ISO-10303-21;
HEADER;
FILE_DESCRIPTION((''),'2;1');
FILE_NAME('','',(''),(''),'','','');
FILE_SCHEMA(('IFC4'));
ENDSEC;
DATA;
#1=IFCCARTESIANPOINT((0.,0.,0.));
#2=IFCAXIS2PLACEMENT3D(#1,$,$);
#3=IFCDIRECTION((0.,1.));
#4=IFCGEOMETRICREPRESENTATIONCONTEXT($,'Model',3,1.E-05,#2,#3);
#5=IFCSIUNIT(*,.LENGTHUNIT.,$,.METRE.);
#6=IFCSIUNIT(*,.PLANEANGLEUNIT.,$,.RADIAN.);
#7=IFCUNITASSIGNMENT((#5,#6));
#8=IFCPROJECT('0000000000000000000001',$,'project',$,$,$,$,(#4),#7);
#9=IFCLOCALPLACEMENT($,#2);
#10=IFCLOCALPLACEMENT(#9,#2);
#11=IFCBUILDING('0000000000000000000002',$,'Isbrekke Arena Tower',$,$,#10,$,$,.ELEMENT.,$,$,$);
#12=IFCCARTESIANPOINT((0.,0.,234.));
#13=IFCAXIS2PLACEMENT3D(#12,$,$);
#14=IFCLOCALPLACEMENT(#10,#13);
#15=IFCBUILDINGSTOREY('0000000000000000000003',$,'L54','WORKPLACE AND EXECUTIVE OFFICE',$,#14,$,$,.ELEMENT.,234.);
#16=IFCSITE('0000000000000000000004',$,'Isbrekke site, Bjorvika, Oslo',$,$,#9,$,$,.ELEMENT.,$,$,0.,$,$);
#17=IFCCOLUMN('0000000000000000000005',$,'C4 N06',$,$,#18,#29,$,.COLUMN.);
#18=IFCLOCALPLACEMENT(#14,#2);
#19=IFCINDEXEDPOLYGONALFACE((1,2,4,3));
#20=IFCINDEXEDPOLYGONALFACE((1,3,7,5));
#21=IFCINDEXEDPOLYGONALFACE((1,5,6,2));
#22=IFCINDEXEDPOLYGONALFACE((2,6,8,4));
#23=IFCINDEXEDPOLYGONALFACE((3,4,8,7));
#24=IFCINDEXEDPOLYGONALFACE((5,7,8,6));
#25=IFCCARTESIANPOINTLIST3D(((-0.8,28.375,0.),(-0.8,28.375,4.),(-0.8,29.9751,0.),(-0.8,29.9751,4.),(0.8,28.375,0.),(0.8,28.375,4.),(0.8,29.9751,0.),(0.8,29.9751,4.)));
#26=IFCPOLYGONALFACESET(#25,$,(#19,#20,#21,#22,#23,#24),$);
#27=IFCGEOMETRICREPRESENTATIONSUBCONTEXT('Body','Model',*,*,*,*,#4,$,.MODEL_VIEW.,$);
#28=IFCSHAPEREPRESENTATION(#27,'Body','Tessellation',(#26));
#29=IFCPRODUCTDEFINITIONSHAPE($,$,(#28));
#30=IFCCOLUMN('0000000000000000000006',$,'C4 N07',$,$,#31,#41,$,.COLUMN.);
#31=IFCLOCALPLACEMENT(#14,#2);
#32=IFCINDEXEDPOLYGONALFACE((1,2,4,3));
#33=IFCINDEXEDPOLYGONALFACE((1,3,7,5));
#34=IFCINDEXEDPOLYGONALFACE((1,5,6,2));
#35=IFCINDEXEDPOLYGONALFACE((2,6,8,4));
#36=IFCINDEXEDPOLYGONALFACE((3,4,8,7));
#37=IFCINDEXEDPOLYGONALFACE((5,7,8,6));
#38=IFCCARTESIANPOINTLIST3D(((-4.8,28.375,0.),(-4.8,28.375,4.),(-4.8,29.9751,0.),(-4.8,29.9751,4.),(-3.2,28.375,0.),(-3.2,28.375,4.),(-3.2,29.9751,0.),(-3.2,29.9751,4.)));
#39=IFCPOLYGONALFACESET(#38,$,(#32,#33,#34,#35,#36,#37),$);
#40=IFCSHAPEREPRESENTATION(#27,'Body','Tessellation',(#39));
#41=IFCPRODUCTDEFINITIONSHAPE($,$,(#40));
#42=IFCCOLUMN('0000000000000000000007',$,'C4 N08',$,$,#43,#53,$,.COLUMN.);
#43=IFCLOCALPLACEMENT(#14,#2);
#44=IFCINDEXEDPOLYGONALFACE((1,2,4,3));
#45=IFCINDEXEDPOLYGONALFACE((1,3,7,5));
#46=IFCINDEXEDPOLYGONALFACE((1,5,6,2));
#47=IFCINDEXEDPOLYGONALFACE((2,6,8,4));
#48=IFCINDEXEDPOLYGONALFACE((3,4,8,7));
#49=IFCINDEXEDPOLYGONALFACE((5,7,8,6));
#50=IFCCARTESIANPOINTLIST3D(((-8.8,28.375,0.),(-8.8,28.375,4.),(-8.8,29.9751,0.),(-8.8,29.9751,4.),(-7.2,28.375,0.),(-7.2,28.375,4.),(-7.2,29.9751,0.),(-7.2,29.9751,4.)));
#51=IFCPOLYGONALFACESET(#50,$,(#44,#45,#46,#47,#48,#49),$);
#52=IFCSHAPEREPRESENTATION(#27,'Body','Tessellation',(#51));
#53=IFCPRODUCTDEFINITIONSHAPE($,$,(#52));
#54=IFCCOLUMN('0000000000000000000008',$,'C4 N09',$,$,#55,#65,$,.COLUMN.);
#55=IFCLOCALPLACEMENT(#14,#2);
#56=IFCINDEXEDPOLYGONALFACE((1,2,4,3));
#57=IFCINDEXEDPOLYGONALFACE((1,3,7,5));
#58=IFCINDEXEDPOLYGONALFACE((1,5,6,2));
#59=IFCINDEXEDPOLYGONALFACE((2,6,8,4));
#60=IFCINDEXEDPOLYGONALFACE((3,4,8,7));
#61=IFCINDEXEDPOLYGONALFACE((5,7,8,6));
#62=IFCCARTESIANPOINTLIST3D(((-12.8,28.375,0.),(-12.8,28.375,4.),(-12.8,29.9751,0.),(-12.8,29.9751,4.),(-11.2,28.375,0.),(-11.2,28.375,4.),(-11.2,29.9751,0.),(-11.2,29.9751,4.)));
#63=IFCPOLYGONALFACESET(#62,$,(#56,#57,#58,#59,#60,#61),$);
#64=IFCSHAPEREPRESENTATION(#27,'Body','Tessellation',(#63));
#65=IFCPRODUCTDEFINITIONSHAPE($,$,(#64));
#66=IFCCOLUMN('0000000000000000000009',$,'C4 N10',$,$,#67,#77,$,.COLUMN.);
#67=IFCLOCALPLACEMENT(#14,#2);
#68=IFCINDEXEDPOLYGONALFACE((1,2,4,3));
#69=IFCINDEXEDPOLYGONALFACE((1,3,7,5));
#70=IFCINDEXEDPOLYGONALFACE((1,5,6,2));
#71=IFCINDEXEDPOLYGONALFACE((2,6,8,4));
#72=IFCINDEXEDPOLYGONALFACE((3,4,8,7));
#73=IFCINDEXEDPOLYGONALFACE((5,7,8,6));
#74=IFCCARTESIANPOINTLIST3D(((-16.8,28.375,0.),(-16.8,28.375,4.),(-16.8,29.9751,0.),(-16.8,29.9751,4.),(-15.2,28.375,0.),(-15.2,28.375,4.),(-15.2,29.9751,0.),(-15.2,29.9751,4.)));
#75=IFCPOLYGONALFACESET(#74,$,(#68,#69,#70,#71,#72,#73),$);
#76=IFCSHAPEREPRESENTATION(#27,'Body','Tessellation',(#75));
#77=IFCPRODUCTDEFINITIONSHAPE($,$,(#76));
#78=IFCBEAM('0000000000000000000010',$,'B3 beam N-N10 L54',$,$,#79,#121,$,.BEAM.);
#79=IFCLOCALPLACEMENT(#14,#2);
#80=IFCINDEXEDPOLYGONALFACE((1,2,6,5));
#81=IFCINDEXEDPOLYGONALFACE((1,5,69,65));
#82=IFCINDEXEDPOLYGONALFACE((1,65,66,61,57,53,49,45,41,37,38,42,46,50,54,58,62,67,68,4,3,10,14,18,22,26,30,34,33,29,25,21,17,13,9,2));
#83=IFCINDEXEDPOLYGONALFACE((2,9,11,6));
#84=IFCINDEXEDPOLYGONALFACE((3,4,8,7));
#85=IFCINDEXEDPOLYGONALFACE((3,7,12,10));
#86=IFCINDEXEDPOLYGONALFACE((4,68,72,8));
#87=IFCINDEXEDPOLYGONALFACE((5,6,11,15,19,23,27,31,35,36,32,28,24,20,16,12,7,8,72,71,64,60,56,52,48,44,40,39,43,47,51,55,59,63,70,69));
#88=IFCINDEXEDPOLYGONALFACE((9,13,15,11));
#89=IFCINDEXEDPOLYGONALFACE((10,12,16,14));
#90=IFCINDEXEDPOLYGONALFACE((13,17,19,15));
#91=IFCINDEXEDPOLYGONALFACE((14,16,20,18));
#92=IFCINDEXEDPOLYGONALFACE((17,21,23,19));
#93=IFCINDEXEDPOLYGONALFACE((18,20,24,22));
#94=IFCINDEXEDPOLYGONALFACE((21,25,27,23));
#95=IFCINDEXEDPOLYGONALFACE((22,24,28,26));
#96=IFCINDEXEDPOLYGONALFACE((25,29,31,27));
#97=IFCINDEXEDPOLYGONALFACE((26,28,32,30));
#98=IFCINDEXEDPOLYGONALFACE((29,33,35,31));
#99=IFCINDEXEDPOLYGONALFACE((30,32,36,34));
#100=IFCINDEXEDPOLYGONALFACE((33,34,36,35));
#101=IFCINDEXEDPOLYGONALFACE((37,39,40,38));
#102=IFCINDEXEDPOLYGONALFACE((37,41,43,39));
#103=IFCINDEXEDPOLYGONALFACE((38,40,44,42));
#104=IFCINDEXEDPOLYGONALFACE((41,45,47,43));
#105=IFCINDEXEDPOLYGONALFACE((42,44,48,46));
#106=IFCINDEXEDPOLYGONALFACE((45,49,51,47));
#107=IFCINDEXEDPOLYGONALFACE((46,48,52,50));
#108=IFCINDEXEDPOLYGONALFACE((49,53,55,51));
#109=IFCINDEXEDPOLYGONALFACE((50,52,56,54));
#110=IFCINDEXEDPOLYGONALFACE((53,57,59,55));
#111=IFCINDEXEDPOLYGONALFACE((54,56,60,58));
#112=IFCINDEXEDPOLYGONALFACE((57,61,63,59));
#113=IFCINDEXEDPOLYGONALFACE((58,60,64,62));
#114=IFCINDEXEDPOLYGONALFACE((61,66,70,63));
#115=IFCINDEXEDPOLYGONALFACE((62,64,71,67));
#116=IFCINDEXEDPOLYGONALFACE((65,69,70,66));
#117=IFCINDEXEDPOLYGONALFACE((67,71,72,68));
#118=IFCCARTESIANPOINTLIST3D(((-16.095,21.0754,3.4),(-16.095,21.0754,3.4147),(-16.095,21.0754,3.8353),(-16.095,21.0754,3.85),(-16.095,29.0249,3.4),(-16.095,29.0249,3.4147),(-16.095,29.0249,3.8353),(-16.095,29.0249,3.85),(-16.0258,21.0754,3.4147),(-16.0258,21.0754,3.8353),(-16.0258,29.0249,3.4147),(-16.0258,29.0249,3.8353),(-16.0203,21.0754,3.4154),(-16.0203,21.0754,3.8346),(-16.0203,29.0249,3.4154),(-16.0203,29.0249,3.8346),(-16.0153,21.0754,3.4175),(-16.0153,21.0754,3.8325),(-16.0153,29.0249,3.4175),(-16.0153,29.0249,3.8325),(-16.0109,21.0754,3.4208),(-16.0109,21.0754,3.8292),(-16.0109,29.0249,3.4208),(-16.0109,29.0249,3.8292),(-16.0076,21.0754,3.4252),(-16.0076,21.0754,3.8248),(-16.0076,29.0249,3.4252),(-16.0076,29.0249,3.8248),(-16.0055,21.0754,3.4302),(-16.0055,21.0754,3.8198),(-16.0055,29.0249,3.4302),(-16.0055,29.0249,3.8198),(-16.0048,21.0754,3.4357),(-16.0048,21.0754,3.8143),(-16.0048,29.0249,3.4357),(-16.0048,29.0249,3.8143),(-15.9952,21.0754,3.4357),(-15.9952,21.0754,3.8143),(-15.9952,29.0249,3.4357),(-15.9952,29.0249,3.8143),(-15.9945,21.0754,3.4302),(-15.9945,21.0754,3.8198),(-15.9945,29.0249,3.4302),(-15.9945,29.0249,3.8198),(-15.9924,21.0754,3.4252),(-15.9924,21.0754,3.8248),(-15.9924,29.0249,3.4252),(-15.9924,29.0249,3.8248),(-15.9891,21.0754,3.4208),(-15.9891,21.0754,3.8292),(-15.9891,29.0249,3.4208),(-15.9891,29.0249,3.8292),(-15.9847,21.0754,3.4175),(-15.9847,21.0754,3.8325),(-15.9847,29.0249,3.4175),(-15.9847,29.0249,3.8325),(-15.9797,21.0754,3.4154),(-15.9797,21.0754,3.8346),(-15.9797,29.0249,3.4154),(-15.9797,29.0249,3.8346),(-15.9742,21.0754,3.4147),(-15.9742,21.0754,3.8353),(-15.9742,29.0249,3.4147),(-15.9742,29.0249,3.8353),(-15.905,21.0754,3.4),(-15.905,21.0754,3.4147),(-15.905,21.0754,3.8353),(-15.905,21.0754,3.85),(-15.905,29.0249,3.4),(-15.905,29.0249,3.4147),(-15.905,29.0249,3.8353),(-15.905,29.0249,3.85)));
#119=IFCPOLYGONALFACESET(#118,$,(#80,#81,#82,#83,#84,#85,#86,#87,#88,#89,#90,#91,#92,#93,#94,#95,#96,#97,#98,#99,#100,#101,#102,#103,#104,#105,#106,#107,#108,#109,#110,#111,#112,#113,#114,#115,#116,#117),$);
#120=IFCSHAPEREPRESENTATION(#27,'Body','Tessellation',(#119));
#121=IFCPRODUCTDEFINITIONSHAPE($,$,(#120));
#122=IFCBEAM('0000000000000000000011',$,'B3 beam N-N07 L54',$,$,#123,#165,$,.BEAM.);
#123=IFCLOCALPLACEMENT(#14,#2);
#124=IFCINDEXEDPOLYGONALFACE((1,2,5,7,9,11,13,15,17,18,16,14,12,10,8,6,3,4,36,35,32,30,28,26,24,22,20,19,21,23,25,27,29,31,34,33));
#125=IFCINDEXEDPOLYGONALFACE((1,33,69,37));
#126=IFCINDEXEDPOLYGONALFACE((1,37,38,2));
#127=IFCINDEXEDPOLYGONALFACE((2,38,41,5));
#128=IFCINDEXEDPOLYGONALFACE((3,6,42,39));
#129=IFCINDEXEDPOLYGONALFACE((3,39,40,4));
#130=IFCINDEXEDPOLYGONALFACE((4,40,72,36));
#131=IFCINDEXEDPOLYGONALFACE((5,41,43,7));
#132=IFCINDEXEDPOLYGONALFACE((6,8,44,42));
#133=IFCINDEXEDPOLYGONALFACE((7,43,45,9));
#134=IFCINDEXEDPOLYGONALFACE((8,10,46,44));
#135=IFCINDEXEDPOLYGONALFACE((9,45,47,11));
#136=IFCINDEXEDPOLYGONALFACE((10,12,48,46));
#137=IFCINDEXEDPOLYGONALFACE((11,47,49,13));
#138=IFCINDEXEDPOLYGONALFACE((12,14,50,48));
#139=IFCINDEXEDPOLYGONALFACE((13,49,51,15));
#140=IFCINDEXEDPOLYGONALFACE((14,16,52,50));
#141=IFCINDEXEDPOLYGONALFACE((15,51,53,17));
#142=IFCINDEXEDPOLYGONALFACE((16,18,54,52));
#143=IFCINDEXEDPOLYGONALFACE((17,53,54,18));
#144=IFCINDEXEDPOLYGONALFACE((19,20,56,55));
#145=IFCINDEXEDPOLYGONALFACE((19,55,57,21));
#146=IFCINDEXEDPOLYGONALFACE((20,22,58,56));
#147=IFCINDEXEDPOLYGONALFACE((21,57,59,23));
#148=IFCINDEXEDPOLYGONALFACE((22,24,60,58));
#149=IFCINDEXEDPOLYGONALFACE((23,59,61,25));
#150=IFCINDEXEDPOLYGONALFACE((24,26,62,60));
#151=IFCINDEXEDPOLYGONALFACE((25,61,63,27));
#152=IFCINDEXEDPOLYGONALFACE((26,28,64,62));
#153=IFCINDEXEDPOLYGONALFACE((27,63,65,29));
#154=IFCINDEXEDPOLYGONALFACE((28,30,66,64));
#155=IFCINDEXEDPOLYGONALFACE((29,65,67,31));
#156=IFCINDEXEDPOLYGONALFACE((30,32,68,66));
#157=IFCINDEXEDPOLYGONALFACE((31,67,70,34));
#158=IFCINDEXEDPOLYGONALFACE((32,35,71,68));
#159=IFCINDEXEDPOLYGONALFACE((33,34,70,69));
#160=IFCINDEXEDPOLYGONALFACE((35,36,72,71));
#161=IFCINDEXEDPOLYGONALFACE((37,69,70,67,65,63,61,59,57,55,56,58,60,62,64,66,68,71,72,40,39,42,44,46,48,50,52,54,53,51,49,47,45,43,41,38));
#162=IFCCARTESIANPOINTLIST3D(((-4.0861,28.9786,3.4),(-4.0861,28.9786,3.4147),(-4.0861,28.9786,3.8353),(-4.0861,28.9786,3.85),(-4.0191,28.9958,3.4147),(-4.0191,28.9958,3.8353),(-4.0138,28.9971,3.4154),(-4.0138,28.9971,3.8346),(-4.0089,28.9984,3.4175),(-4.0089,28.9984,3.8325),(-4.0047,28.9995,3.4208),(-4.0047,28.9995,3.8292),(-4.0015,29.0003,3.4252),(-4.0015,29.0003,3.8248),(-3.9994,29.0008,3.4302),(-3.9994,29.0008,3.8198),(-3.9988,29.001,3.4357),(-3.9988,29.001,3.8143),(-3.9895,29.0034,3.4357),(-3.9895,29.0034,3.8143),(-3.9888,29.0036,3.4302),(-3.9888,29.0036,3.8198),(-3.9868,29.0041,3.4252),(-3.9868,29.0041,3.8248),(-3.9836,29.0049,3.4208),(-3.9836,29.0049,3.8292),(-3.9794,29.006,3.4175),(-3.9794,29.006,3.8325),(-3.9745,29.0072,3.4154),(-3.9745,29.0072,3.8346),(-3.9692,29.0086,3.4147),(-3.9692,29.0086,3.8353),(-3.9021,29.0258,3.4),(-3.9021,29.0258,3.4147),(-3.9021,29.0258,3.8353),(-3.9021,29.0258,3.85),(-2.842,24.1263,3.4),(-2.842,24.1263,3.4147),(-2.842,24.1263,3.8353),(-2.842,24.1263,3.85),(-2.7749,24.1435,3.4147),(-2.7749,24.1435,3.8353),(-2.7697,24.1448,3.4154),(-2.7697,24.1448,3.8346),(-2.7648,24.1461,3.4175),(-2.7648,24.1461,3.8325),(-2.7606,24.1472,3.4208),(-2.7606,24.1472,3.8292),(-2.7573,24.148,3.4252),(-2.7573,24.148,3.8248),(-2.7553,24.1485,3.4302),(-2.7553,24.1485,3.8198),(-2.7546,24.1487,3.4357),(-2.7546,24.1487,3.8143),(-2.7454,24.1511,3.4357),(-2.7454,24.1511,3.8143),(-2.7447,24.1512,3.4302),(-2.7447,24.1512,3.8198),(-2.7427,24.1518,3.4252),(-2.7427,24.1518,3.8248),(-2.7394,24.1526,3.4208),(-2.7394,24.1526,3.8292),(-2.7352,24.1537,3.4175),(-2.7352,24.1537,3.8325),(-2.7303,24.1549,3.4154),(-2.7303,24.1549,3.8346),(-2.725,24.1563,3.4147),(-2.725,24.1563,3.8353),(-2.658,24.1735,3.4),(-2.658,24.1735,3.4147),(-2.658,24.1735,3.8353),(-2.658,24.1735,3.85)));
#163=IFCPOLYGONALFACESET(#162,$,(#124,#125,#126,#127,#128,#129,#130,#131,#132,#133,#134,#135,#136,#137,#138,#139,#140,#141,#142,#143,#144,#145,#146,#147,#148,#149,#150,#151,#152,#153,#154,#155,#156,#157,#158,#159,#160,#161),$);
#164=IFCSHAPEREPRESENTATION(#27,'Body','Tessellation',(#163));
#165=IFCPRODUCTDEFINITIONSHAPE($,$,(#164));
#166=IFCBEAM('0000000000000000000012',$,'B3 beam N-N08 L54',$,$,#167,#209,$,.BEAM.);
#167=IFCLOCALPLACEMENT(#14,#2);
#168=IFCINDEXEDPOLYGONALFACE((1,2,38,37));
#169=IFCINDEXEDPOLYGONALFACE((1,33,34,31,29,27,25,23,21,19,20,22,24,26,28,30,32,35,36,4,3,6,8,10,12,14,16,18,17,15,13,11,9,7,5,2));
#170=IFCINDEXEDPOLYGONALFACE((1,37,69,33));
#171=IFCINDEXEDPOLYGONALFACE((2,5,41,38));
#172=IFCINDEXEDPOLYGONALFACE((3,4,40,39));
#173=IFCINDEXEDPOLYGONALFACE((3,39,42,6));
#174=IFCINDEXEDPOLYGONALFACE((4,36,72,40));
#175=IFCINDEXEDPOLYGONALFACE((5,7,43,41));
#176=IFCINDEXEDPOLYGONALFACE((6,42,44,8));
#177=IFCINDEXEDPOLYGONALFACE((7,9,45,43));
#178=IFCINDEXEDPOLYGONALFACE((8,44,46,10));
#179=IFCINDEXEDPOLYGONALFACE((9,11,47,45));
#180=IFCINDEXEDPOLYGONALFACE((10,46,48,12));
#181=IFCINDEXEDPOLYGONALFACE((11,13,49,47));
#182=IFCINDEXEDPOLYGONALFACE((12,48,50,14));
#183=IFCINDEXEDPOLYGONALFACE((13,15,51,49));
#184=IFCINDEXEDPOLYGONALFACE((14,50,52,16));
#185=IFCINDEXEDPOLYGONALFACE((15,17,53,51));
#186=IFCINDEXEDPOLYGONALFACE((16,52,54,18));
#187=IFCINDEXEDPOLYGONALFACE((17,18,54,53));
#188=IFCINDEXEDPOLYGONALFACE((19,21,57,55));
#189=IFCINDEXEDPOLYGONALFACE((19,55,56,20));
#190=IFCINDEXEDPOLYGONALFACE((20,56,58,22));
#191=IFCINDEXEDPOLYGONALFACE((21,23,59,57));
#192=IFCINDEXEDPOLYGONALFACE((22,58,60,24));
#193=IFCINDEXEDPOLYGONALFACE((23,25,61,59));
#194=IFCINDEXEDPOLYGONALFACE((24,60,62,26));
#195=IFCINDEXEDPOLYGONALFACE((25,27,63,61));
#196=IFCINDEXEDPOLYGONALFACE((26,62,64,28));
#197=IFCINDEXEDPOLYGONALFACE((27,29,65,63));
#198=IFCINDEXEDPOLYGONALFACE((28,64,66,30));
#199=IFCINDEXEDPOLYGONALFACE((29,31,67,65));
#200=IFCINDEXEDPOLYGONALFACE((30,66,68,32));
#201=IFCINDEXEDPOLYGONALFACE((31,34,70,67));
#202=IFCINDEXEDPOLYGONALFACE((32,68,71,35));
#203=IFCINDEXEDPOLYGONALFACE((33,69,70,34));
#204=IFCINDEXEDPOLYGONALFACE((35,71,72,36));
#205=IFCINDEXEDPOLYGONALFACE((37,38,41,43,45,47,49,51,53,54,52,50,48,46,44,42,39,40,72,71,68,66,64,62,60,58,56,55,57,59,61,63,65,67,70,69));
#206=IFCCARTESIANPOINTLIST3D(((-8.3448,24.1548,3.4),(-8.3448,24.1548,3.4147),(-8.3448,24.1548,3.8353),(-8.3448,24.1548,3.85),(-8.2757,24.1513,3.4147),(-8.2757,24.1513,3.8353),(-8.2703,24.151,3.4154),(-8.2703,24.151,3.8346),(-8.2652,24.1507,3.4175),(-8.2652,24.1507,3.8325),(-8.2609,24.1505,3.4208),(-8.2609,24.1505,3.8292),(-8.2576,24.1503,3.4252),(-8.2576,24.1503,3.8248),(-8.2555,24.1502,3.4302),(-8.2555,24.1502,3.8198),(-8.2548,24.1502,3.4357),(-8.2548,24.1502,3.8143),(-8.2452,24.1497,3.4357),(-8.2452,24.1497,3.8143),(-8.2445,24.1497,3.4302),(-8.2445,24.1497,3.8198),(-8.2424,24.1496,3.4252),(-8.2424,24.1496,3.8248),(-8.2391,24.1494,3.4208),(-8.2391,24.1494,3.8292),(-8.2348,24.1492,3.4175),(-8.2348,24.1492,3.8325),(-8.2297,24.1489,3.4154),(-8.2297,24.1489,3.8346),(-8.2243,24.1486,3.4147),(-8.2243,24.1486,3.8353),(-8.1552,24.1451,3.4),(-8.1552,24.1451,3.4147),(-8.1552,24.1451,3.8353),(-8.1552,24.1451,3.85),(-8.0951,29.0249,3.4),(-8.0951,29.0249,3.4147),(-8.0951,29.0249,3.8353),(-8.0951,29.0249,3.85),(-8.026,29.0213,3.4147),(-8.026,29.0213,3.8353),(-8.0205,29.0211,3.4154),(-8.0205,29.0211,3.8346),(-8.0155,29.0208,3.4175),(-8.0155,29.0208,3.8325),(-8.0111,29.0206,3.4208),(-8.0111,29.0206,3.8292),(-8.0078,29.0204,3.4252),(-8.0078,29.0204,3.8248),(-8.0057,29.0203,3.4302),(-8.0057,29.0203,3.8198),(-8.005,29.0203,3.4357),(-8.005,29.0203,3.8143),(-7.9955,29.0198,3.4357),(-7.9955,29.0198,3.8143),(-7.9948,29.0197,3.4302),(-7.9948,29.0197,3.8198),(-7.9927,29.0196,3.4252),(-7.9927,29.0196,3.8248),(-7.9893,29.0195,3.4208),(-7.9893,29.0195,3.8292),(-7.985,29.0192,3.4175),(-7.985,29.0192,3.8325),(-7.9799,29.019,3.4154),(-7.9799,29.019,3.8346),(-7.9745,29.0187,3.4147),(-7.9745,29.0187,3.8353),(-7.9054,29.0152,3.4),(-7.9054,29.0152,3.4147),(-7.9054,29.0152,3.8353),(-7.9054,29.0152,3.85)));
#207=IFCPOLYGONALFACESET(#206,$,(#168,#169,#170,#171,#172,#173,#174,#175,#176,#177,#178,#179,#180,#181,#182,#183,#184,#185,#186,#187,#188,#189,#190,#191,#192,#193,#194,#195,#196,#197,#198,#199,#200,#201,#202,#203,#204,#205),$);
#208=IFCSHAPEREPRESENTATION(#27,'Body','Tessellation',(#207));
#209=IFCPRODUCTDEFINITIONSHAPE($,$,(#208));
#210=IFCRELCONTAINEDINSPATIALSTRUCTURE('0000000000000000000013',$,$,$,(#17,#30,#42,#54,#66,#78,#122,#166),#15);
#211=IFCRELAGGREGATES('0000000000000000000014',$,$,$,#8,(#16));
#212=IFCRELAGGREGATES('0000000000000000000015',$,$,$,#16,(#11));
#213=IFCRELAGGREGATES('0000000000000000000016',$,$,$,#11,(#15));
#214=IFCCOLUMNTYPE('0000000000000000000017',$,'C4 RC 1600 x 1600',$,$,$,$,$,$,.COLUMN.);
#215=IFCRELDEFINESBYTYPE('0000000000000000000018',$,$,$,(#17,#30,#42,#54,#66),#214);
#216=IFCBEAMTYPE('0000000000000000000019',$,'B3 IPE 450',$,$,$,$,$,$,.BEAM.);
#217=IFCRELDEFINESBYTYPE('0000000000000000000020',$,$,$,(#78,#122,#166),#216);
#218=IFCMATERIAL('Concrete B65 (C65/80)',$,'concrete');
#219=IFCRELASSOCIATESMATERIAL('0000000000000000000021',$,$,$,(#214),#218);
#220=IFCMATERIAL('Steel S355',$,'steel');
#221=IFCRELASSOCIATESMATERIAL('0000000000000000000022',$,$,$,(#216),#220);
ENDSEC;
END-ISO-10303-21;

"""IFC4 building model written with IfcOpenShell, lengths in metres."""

from ifc_helpers import new_model, si_unit, direction, frame, origin, origin_2d, place, context, subcontext, project, spatial, rectangle, i_section, extrude, material, material_profile, profile_set, type_object, element, save


model = new_model("IFC4")

# Units and contexts
model_context = context("Model", 3, precision=1e-05, world=origin(), true_north=direction((0.0, 1.0)))
body_context = subcontext(model_context, "Body", "Model", "MODEL_VIEW")
ifc_project = project(units=[si_unit("LENGTHUNIT", "METRE"), si_unit("PLANEANGLEUNIT", "RADIAN")], contexts=[model_context])

# Site, building, storey
site_placement = place(None, origin())
site = spatial("IfcSite", under=ifc_project, at=site_placement, Name="Isbrekke site, Bjorvika, Oslo", CompositionType="ELEMENT", RefElevation=0.0)
building_placement = place(site_placement, origin())
building = spatial("IfcBuilding", under=site, at=building_placement, Name="Isbrekke Arena Tower", CompositionType="ELEMENT")
storey_placement = place(building_placement, frame((0.0, 0.0, 234.0)))
storey = spatial("IfcBuildingStorey", under=building, at=storey_placement, Name="L54", Description="WORKPLACE AND EXECUTIVE OFFICE", CompositionType="ELEMENT", Elevation=234.0)

# Columns
ifc_material_1 = material(Name="Concrete B65 (C65/80)", Category="concrete")
ifc_material_profile_1 = material_profile(ifc_material_1, rectangle(XDim=1.6001, YDim=1.6001, at=origin_2d()), Name="RC 1600x1600")
ifc_profile_set_1 = profile_set([ifc_material_profile_1], Name="Concrete B65 (C65/80)")
column_type = type_object("IfcColumnType", Name="C4 RC 1600 x 1600", PredefinedType="COLUMN", material=ifc_profile_set_1)
for number, where, z_axis, x_axis, name in (
    (1, (0.0, 29.175, 0.0), (0.0, 0.0, 1.0), (-1.0, 0.0, 0.0), "C4 N06"),
    (2, (-4.0, 29.175, 0.0), (0.0, 0.0, 1.0), (-1.0, 0.0, 0.0), "C4 N07"),
    (3, (-8.0, 29.175, 0.0), (0.0, 0.0, 1.0), (-1.0, 0.0, 0.0), "C4 N08"),
    (4, (-12.0, 29.175, 0.0), (0.0, 0.0, 1.0), (-1.0, 0.0, 0.0), "C4 N09"),
    (5, (-16.0, 29.175, 0.0), (0.0, 0.0, 1.0), (-1.0, 0.0, 0.0), "C4 N10"),
):
    element("IfcColumn", number, at=place(storey_placement, frame(where, z_axis=z_axis, x_axis=x_axis)), inside=storey, type_object=column_type, Name=name, PredefinedType="COLUMN", context=body_context, shape_type="SweptSolid", body=[
        extrude(rectangle(XDim=1.6001, YDim=1.6001, at=origin_2d()), origin(), (0.0, 0.0, 1.0), 4.0),
    ])

# Beams
ifc_material_2 = material(Name="Steel S355", Category="steel")
ifc_material_profile_2 = material_profile(ifc_material_2, i_section(OverallWidth=0.1899, OverallDepth=0.45, WebThickness=0.0095, FlangeThickness=0.0146, FilletRadius=0.021, at=origin_2d()), Name="IPE 450")
ifc_profile_set_2 = profile_set([ifc_material_profile_2], Name="Steel S355")
beam_type_1 = type_object("IfcBeamType", Name="B3 IPE 450", PredefinedType="BEAM", material=ifc_profile_set_2)
beam_1_placement = place(storey_placement, frame((-16.0, 29.0249, 3.625), z_axis=(0.0, -1.0, 0.0), x_axis=(1.0, 0.0, 0.0)))
element("IfcBeam", 6, at=beam_1_placement, inside=storey, type_object=beam_type_1, Name="B3 beam N-N10 L54", PredefinedType="BEAM", context=body_context, shape_type="SweptSolid", body=[
    extrude(i_section(OverallWidth=0.1899, OverallDepth=0.45, WebThickness=0.0095, FlangeThickness=0.0146, FilletRadius=0.021, at=origin_2d()), origin(), (0.0, 0.0, 1.0), 7.9495),
])
beam_2_placement = place(storey_placement, frame((-3.9941, 29.0022, 3.625), z_axis=(0.248368, -0.968666, 0.0), x_axis=(0.968666, 0.248368, 0.0)))
element("IfcBeam", 7, at=beam_2_placement, inside=storey, type_object=beam_type_1, Name="B3 beam N-N07 L54", PredefinedType="BEAM", context=body_context, shape_type="SweptSolid", body=[
    extrude(i_section(OverallWidth=0.1899, OverallDepth=0.45, WebThickness=0.0095, FlangeThickness=0.0146, FilletRadius=0.021, at=origin_2d()), origin(), (0.0, 0.0, 1.0), 5.0093),
])
beam_3_placement = place(storey_placement, frame((-8.0002, 29.02, 3.625), z_axis=(-0.051216, -0.998688, 0.0), x_axis=(0.998688, -0.051216, 0.0)))
element("IfcBeam", 8, at=beam_3_placement, inside=storey, type_object=beam_type_1, Name="B3 beam N-N08 L54", PredefinedType="BEAM", context=body_context, shape_type="SweptSolid", body=[
    extrude(i_section(OverallWidth=0.1899, OverallDepth=0.45, WebThickness=0.0095, FlangeThickness=0.0146, FilletRadius=0.021, at=origin_2d()), origin(), (0.0, 0.0, 1.0), 4.8765),
])

save(model, "model.ifc")
